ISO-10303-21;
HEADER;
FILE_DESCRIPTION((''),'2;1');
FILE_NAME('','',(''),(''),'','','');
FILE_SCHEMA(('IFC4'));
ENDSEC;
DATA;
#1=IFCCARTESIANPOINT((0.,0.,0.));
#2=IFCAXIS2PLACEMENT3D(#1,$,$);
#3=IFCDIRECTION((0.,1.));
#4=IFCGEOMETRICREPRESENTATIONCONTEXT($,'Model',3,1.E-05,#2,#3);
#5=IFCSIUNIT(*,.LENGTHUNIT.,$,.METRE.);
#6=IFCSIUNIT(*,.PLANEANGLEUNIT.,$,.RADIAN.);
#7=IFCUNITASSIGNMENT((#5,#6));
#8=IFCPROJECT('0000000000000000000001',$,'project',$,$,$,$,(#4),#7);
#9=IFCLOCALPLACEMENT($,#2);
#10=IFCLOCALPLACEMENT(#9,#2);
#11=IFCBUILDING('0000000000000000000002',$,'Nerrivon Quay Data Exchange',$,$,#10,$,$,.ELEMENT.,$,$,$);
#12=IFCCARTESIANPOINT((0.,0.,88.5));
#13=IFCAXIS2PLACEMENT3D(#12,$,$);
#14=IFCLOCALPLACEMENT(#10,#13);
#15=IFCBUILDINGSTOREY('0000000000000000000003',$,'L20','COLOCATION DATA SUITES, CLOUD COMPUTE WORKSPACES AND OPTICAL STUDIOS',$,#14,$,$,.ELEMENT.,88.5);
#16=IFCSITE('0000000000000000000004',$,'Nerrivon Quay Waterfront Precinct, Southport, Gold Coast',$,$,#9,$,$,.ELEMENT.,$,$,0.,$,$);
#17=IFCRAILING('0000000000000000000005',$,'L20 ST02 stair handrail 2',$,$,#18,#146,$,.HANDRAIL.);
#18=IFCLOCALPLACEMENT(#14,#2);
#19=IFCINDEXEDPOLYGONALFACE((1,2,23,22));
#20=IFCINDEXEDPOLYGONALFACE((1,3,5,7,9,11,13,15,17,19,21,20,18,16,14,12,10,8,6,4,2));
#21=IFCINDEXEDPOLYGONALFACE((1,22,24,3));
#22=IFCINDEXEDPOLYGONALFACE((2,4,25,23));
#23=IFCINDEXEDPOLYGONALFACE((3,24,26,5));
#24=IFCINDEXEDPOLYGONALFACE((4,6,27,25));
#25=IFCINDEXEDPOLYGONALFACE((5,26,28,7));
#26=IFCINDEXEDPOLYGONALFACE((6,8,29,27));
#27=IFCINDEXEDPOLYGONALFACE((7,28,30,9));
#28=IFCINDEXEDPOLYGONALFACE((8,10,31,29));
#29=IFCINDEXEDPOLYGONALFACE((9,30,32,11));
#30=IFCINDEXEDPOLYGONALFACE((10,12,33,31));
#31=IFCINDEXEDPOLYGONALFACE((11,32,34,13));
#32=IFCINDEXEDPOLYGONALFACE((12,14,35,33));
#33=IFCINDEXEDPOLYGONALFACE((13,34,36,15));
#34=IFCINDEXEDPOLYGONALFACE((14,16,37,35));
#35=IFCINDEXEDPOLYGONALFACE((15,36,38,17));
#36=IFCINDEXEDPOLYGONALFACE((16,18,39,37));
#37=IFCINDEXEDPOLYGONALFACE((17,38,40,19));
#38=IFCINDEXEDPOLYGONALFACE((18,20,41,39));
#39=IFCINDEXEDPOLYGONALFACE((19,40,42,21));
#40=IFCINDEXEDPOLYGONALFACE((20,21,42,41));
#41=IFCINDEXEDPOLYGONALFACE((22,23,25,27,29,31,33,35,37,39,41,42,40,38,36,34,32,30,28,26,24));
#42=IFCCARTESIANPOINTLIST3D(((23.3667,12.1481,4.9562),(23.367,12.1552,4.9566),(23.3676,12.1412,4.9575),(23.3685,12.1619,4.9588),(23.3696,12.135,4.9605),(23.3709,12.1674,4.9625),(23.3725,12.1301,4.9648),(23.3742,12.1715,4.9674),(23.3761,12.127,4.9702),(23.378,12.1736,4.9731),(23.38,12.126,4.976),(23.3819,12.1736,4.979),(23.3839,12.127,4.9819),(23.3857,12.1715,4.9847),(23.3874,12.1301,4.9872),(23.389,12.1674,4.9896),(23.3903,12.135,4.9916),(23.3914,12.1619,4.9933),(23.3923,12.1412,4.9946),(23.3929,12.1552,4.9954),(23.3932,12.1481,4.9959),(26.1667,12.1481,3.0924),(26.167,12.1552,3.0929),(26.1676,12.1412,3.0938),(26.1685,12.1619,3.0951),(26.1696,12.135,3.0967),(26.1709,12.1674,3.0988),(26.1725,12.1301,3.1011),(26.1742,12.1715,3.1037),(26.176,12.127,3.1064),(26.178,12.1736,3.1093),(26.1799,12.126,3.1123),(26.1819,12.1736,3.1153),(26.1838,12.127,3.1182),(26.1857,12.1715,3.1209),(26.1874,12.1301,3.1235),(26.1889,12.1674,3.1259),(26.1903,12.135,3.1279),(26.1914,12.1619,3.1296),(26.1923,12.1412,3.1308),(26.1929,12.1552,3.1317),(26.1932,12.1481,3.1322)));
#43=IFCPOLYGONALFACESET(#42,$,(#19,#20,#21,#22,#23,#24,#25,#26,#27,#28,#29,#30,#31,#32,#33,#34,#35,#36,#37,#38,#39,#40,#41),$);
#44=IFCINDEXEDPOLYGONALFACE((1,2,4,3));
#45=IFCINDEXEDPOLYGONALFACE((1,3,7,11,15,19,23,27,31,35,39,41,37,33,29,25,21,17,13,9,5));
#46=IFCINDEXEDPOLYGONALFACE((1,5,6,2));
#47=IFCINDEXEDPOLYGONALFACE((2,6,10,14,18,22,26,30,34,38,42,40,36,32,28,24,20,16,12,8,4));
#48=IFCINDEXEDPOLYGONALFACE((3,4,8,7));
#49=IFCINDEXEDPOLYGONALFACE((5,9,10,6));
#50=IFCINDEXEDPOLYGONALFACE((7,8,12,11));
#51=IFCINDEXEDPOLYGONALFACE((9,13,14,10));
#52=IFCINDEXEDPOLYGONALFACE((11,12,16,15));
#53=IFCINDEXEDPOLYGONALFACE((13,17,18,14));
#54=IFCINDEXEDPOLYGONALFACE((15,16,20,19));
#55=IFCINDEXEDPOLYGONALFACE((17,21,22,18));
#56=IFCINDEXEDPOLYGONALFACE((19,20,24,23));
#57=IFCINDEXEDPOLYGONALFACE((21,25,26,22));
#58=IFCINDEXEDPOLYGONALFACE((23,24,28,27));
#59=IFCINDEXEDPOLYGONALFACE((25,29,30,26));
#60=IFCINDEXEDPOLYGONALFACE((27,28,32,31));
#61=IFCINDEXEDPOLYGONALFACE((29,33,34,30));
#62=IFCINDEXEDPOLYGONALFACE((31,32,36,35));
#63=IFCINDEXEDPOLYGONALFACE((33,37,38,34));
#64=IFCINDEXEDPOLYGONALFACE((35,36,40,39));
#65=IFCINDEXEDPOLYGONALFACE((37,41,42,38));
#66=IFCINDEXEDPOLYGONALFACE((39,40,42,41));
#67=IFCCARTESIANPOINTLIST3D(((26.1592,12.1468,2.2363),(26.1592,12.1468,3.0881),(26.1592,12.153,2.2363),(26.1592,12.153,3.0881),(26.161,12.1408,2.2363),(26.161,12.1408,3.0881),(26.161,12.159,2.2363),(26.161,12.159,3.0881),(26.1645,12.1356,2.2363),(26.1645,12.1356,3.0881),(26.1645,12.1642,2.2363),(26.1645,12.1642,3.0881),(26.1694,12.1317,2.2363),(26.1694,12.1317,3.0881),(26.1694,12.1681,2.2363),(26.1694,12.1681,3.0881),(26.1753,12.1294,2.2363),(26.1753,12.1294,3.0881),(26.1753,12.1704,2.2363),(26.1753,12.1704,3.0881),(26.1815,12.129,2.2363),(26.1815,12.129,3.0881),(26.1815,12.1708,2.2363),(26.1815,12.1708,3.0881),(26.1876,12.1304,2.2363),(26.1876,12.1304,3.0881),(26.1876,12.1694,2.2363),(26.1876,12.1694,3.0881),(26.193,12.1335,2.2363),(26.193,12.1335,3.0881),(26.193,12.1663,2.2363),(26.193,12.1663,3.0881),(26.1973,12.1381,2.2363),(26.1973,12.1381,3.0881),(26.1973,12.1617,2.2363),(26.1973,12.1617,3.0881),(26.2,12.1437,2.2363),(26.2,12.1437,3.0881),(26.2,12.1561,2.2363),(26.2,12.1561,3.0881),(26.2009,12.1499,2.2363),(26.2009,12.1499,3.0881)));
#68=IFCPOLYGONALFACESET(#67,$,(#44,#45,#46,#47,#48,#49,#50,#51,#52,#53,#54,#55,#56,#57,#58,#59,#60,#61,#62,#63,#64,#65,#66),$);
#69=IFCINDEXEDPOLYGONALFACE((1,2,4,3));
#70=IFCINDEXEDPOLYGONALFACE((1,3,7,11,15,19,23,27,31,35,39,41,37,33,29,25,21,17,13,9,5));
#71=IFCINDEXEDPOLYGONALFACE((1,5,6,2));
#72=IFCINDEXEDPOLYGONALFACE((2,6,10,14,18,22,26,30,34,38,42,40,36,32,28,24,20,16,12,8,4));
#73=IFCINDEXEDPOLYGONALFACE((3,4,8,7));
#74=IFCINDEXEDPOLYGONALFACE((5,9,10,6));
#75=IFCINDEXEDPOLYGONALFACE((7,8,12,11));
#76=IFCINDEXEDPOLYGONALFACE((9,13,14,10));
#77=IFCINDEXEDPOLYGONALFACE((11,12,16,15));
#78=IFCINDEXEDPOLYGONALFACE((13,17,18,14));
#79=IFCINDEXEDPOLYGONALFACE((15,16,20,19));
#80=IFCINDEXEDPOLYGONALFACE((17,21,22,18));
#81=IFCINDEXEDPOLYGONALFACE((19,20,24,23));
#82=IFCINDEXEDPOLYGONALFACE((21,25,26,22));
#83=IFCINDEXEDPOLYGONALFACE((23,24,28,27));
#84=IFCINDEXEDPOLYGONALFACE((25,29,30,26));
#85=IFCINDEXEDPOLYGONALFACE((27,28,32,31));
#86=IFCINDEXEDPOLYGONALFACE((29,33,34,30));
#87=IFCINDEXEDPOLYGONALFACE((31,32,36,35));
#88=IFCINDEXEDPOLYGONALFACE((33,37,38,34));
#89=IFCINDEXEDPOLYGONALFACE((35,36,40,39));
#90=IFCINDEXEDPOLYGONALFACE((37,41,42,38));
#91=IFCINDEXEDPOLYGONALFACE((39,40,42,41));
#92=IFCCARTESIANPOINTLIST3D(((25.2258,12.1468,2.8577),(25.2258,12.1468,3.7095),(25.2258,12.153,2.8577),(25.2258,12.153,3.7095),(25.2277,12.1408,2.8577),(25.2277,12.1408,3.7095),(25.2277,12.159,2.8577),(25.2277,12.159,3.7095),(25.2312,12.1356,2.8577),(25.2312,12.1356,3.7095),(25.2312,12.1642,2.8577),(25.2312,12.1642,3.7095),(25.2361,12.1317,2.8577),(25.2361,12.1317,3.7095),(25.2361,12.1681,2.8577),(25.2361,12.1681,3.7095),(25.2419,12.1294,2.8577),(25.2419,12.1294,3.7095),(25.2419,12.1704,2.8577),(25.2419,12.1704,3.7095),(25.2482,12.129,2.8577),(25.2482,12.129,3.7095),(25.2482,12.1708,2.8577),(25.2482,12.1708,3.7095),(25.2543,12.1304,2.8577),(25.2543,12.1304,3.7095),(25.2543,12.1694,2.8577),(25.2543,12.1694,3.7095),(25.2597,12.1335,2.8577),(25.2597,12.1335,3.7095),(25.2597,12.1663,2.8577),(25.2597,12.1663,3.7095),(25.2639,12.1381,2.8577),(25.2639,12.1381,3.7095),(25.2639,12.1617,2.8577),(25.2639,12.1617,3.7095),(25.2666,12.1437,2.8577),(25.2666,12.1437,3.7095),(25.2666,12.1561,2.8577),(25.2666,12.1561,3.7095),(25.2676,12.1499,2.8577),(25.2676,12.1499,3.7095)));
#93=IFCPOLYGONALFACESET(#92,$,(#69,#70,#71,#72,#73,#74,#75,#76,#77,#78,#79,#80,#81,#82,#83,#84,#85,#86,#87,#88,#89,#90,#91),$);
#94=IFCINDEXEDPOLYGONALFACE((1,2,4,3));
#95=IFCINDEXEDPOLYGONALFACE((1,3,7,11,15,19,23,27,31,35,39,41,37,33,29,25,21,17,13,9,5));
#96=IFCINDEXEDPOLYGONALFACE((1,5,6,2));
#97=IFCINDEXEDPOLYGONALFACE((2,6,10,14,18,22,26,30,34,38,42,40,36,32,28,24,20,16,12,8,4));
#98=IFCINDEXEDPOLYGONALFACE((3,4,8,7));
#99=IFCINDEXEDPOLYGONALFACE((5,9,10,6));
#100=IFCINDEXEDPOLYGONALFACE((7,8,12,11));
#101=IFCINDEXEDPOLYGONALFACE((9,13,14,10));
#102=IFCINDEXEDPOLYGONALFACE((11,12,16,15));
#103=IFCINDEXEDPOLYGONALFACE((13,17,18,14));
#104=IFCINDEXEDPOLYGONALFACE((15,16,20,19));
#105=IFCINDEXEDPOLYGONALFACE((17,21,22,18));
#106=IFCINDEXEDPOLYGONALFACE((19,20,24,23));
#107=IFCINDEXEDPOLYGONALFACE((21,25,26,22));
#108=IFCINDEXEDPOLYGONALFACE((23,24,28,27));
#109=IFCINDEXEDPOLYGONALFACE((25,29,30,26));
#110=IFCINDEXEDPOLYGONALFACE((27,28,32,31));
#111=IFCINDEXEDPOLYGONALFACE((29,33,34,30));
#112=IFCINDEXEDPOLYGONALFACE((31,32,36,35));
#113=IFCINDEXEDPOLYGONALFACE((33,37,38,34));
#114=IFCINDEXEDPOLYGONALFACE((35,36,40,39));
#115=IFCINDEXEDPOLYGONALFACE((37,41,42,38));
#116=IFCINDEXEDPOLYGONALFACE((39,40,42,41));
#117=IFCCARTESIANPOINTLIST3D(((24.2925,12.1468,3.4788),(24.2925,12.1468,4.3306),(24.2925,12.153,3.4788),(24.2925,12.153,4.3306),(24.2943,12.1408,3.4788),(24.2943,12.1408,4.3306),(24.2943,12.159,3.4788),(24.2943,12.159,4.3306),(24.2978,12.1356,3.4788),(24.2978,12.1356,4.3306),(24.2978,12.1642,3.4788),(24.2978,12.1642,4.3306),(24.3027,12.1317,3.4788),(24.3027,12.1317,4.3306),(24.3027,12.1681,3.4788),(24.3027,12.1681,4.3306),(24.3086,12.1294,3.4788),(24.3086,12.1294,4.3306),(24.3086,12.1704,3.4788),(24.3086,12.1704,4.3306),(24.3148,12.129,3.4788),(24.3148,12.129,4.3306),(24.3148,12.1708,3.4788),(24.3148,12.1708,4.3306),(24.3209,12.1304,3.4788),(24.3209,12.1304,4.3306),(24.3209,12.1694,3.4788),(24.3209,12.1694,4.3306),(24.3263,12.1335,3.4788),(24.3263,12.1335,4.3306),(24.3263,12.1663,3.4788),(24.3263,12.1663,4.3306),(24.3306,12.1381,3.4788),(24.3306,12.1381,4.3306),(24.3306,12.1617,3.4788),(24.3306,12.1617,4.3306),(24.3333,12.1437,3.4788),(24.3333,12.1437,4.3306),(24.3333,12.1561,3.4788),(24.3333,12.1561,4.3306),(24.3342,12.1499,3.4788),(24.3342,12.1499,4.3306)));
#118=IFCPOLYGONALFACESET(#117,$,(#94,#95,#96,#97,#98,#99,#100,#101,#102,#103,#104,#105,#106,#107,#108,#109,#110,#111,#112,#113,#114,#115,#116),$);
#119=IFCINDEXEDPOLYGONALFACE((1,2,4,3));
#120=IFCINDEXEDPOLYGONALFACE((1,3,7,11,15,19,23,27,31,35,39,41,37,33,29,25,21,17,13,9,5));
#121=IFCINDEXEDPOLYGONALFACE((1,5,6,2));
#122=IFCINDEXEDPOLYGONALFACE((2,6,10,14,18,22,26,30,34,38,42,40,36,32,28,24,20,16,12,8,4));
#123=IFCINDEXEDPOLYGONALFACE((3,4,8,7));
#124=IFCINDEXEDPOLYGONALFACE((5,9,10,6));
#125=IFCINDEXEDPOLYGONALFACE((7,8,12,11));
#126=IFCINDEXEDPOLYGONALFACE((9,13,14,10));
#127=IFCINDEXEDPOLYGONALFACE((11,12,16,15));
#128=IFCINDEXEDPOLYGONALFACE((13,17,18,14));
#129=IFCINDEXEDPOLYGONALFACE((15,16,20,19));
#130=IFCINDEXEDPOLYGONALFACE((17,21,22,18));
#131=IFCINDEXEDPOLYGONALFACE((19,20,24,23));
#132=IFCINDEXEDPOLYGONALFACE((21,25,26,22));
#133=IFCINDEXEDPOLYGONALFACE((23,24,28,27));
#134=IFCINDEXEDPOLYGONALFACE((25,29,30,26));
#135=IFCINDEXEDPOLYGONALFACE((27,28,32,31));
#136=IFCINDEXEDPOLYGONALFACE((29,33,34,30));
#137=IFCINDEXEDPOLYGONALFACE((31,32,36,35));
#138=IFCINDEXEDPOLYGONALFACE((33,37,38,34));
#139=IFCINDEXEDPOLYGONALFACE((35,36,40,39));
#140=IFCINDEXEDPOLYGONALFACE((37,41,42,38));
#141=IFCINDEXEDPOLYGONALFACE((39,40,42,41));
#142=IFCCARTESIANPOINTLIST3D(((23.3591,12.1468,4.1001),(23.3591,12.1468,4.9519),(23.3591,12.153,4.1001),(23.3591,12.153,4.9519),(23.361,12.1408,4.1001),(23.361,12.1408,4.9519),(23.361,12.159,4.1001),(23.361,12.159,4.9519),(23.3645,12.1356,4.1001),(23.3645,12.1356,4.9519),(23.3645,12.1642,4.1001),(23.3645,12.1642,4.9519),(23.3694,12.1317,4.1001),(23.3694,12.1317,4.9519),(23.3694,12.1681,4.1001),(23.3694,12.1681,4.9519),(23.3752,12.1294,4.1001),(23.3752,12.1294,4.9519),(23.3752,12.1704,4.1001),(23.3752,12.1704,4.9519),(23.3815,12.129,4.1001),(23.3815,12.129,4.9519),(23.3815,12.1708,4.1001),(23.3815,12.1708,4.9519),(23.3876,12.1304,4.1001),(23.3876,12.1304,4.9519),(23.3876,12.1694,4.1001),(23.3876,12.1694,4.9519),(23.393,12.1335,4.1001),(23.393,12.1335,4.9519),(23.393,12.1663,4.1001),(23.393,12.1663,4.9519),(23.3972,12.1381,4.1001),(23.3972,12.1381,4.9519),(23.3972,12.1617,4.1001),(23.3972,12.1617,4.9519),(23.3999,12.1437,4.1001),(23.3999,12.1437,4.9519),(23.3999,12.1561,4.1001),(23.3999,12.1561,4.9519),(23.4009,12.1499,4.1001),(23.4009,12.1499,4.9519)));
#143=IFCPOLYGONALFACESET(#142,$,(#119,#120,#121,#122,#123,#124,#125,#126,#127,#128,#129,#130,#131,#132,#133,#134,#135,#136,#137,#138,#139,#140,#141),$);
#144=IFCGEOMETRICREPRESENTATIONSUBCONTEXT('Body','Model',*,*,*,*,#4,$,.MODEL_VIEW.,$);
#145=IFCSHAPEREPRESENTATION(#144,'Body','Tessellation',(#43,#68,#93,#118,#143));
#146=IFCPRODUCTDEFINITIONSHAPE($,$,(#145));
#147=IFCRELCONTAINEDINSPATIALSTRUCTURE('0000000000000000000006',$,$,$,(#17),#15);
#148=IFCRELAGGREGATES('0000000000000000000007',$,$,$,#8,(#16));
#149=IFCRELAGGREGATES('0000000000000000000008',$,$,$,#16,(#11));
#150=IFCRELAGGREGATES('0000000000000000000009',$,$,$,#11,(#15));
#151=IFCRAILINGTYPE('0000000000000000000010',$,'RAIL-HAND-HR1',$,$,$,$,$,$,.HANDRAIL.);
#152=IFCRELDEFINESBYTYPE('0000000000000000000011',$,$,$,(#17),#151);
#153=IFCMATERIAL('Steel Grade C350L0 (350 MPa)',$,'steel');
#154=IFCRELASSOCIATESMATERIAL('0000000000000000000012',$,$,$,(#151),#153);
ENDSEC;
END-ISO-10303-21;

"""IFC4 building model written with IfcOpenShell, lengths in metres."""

from ifc_helpers import new_model, si_unit, direction, frame, origin, origin_2d, place, context, subcontext, project, spatial, circle, extrude, material, type_object, element, save


model = new_model("IFC4")

# Units and contexts
model_context = context("Model", 3, precision=1e-05, world=origin(), true_north=direction((0.0, 1.0)))
body_context = subcontext(model_context, "Body", "Model", "MODEL_VIEW")
ifc_project = project(units=[si_unit("LENGTHUNIT", "METRE"), si_unit("PLANEANGLEUNIT", "RADIAN")], contexts=[model_context])

# Site, building, storey
site_placement = place(None, origin())
site = spatial("IfcSite", under=ifc_project, at=site_placement, Name="Nerrivon Quay Waterfront Precinct, Southport, Gold Coast", CompositionType="ELEMENT", RefElevation=0.0)
building_placement = place(site_placement, origin())
building = spatial("IfcBuilding", under=site, at=building_placement, Name="Nerrivon Quay Data Exchange", CompositionType="ELEMENT")
storey_placement = place(building_placement, frame((0.0, 0.0, 88.5)))
storey = spatial("IfcBuildingStorey", under=building, at=storey_placement, Name="L20", Description="COLOCATION DATA SUITES, CLOUD COMPUTE WORKSPACES AND OPTICAL STUDIOS", CompositionType="ELEMENT", Elevation=88.5)

# Railing
ifc_material_1 = material(Name="Steel Grade C350L0 (350 MPa)", Category="steel")
railing_type_1 = type_object("IfcRailingType", Name="RAIL-HAND-HR1", PredefinedType="HANDRAIL", material=ifc_material_1)
railing_1_placement = place(storey_placement, frame((26.1799, 12.1499, 2.2363)))
element("IfcRailing", 1, at=railing_1_placement, inside=storey, type_object=railing_type_1, Name="L20 ST02 stair handrail 2", PredefinedType="HANDRAIL", context=body_context, shape_type="SweptSolid", body=[
    extrude(circle(Radius=0.0239, at=origin_2d()), frame((0.0, 0.0, 0.876), z_axis=(-0.832452, 0.0, 0.554097), x_axis=(0.0, -1.0, 0.0)), (0.0, 0.0, 1.0), 3.3635),
    extrude(circle(Radius=0.021, at=origin_2d()), origin(), (0.0, 0.0, 1.0), 0.8518),
    extrude(circle(Radius=0.021, at=origin_2d()), frame((-0.9333, 0.0, 0.6213)), (0.0, 0.0, 1.0), 0.8518),
    extrude(circle(Radius=0.021, at=origin_2d()), frame((-1.8667, 0.0, 1.2424)), (0.0, 0.0, 1.0), 0.8518),
    extrude(circle(Radius=0.021, at=origin_2d()), frame((-2.8, 0.0, 1.8638)), (0.0, 0.0, 1.0), 0.8518),
])

save(model, "model.ifc")
